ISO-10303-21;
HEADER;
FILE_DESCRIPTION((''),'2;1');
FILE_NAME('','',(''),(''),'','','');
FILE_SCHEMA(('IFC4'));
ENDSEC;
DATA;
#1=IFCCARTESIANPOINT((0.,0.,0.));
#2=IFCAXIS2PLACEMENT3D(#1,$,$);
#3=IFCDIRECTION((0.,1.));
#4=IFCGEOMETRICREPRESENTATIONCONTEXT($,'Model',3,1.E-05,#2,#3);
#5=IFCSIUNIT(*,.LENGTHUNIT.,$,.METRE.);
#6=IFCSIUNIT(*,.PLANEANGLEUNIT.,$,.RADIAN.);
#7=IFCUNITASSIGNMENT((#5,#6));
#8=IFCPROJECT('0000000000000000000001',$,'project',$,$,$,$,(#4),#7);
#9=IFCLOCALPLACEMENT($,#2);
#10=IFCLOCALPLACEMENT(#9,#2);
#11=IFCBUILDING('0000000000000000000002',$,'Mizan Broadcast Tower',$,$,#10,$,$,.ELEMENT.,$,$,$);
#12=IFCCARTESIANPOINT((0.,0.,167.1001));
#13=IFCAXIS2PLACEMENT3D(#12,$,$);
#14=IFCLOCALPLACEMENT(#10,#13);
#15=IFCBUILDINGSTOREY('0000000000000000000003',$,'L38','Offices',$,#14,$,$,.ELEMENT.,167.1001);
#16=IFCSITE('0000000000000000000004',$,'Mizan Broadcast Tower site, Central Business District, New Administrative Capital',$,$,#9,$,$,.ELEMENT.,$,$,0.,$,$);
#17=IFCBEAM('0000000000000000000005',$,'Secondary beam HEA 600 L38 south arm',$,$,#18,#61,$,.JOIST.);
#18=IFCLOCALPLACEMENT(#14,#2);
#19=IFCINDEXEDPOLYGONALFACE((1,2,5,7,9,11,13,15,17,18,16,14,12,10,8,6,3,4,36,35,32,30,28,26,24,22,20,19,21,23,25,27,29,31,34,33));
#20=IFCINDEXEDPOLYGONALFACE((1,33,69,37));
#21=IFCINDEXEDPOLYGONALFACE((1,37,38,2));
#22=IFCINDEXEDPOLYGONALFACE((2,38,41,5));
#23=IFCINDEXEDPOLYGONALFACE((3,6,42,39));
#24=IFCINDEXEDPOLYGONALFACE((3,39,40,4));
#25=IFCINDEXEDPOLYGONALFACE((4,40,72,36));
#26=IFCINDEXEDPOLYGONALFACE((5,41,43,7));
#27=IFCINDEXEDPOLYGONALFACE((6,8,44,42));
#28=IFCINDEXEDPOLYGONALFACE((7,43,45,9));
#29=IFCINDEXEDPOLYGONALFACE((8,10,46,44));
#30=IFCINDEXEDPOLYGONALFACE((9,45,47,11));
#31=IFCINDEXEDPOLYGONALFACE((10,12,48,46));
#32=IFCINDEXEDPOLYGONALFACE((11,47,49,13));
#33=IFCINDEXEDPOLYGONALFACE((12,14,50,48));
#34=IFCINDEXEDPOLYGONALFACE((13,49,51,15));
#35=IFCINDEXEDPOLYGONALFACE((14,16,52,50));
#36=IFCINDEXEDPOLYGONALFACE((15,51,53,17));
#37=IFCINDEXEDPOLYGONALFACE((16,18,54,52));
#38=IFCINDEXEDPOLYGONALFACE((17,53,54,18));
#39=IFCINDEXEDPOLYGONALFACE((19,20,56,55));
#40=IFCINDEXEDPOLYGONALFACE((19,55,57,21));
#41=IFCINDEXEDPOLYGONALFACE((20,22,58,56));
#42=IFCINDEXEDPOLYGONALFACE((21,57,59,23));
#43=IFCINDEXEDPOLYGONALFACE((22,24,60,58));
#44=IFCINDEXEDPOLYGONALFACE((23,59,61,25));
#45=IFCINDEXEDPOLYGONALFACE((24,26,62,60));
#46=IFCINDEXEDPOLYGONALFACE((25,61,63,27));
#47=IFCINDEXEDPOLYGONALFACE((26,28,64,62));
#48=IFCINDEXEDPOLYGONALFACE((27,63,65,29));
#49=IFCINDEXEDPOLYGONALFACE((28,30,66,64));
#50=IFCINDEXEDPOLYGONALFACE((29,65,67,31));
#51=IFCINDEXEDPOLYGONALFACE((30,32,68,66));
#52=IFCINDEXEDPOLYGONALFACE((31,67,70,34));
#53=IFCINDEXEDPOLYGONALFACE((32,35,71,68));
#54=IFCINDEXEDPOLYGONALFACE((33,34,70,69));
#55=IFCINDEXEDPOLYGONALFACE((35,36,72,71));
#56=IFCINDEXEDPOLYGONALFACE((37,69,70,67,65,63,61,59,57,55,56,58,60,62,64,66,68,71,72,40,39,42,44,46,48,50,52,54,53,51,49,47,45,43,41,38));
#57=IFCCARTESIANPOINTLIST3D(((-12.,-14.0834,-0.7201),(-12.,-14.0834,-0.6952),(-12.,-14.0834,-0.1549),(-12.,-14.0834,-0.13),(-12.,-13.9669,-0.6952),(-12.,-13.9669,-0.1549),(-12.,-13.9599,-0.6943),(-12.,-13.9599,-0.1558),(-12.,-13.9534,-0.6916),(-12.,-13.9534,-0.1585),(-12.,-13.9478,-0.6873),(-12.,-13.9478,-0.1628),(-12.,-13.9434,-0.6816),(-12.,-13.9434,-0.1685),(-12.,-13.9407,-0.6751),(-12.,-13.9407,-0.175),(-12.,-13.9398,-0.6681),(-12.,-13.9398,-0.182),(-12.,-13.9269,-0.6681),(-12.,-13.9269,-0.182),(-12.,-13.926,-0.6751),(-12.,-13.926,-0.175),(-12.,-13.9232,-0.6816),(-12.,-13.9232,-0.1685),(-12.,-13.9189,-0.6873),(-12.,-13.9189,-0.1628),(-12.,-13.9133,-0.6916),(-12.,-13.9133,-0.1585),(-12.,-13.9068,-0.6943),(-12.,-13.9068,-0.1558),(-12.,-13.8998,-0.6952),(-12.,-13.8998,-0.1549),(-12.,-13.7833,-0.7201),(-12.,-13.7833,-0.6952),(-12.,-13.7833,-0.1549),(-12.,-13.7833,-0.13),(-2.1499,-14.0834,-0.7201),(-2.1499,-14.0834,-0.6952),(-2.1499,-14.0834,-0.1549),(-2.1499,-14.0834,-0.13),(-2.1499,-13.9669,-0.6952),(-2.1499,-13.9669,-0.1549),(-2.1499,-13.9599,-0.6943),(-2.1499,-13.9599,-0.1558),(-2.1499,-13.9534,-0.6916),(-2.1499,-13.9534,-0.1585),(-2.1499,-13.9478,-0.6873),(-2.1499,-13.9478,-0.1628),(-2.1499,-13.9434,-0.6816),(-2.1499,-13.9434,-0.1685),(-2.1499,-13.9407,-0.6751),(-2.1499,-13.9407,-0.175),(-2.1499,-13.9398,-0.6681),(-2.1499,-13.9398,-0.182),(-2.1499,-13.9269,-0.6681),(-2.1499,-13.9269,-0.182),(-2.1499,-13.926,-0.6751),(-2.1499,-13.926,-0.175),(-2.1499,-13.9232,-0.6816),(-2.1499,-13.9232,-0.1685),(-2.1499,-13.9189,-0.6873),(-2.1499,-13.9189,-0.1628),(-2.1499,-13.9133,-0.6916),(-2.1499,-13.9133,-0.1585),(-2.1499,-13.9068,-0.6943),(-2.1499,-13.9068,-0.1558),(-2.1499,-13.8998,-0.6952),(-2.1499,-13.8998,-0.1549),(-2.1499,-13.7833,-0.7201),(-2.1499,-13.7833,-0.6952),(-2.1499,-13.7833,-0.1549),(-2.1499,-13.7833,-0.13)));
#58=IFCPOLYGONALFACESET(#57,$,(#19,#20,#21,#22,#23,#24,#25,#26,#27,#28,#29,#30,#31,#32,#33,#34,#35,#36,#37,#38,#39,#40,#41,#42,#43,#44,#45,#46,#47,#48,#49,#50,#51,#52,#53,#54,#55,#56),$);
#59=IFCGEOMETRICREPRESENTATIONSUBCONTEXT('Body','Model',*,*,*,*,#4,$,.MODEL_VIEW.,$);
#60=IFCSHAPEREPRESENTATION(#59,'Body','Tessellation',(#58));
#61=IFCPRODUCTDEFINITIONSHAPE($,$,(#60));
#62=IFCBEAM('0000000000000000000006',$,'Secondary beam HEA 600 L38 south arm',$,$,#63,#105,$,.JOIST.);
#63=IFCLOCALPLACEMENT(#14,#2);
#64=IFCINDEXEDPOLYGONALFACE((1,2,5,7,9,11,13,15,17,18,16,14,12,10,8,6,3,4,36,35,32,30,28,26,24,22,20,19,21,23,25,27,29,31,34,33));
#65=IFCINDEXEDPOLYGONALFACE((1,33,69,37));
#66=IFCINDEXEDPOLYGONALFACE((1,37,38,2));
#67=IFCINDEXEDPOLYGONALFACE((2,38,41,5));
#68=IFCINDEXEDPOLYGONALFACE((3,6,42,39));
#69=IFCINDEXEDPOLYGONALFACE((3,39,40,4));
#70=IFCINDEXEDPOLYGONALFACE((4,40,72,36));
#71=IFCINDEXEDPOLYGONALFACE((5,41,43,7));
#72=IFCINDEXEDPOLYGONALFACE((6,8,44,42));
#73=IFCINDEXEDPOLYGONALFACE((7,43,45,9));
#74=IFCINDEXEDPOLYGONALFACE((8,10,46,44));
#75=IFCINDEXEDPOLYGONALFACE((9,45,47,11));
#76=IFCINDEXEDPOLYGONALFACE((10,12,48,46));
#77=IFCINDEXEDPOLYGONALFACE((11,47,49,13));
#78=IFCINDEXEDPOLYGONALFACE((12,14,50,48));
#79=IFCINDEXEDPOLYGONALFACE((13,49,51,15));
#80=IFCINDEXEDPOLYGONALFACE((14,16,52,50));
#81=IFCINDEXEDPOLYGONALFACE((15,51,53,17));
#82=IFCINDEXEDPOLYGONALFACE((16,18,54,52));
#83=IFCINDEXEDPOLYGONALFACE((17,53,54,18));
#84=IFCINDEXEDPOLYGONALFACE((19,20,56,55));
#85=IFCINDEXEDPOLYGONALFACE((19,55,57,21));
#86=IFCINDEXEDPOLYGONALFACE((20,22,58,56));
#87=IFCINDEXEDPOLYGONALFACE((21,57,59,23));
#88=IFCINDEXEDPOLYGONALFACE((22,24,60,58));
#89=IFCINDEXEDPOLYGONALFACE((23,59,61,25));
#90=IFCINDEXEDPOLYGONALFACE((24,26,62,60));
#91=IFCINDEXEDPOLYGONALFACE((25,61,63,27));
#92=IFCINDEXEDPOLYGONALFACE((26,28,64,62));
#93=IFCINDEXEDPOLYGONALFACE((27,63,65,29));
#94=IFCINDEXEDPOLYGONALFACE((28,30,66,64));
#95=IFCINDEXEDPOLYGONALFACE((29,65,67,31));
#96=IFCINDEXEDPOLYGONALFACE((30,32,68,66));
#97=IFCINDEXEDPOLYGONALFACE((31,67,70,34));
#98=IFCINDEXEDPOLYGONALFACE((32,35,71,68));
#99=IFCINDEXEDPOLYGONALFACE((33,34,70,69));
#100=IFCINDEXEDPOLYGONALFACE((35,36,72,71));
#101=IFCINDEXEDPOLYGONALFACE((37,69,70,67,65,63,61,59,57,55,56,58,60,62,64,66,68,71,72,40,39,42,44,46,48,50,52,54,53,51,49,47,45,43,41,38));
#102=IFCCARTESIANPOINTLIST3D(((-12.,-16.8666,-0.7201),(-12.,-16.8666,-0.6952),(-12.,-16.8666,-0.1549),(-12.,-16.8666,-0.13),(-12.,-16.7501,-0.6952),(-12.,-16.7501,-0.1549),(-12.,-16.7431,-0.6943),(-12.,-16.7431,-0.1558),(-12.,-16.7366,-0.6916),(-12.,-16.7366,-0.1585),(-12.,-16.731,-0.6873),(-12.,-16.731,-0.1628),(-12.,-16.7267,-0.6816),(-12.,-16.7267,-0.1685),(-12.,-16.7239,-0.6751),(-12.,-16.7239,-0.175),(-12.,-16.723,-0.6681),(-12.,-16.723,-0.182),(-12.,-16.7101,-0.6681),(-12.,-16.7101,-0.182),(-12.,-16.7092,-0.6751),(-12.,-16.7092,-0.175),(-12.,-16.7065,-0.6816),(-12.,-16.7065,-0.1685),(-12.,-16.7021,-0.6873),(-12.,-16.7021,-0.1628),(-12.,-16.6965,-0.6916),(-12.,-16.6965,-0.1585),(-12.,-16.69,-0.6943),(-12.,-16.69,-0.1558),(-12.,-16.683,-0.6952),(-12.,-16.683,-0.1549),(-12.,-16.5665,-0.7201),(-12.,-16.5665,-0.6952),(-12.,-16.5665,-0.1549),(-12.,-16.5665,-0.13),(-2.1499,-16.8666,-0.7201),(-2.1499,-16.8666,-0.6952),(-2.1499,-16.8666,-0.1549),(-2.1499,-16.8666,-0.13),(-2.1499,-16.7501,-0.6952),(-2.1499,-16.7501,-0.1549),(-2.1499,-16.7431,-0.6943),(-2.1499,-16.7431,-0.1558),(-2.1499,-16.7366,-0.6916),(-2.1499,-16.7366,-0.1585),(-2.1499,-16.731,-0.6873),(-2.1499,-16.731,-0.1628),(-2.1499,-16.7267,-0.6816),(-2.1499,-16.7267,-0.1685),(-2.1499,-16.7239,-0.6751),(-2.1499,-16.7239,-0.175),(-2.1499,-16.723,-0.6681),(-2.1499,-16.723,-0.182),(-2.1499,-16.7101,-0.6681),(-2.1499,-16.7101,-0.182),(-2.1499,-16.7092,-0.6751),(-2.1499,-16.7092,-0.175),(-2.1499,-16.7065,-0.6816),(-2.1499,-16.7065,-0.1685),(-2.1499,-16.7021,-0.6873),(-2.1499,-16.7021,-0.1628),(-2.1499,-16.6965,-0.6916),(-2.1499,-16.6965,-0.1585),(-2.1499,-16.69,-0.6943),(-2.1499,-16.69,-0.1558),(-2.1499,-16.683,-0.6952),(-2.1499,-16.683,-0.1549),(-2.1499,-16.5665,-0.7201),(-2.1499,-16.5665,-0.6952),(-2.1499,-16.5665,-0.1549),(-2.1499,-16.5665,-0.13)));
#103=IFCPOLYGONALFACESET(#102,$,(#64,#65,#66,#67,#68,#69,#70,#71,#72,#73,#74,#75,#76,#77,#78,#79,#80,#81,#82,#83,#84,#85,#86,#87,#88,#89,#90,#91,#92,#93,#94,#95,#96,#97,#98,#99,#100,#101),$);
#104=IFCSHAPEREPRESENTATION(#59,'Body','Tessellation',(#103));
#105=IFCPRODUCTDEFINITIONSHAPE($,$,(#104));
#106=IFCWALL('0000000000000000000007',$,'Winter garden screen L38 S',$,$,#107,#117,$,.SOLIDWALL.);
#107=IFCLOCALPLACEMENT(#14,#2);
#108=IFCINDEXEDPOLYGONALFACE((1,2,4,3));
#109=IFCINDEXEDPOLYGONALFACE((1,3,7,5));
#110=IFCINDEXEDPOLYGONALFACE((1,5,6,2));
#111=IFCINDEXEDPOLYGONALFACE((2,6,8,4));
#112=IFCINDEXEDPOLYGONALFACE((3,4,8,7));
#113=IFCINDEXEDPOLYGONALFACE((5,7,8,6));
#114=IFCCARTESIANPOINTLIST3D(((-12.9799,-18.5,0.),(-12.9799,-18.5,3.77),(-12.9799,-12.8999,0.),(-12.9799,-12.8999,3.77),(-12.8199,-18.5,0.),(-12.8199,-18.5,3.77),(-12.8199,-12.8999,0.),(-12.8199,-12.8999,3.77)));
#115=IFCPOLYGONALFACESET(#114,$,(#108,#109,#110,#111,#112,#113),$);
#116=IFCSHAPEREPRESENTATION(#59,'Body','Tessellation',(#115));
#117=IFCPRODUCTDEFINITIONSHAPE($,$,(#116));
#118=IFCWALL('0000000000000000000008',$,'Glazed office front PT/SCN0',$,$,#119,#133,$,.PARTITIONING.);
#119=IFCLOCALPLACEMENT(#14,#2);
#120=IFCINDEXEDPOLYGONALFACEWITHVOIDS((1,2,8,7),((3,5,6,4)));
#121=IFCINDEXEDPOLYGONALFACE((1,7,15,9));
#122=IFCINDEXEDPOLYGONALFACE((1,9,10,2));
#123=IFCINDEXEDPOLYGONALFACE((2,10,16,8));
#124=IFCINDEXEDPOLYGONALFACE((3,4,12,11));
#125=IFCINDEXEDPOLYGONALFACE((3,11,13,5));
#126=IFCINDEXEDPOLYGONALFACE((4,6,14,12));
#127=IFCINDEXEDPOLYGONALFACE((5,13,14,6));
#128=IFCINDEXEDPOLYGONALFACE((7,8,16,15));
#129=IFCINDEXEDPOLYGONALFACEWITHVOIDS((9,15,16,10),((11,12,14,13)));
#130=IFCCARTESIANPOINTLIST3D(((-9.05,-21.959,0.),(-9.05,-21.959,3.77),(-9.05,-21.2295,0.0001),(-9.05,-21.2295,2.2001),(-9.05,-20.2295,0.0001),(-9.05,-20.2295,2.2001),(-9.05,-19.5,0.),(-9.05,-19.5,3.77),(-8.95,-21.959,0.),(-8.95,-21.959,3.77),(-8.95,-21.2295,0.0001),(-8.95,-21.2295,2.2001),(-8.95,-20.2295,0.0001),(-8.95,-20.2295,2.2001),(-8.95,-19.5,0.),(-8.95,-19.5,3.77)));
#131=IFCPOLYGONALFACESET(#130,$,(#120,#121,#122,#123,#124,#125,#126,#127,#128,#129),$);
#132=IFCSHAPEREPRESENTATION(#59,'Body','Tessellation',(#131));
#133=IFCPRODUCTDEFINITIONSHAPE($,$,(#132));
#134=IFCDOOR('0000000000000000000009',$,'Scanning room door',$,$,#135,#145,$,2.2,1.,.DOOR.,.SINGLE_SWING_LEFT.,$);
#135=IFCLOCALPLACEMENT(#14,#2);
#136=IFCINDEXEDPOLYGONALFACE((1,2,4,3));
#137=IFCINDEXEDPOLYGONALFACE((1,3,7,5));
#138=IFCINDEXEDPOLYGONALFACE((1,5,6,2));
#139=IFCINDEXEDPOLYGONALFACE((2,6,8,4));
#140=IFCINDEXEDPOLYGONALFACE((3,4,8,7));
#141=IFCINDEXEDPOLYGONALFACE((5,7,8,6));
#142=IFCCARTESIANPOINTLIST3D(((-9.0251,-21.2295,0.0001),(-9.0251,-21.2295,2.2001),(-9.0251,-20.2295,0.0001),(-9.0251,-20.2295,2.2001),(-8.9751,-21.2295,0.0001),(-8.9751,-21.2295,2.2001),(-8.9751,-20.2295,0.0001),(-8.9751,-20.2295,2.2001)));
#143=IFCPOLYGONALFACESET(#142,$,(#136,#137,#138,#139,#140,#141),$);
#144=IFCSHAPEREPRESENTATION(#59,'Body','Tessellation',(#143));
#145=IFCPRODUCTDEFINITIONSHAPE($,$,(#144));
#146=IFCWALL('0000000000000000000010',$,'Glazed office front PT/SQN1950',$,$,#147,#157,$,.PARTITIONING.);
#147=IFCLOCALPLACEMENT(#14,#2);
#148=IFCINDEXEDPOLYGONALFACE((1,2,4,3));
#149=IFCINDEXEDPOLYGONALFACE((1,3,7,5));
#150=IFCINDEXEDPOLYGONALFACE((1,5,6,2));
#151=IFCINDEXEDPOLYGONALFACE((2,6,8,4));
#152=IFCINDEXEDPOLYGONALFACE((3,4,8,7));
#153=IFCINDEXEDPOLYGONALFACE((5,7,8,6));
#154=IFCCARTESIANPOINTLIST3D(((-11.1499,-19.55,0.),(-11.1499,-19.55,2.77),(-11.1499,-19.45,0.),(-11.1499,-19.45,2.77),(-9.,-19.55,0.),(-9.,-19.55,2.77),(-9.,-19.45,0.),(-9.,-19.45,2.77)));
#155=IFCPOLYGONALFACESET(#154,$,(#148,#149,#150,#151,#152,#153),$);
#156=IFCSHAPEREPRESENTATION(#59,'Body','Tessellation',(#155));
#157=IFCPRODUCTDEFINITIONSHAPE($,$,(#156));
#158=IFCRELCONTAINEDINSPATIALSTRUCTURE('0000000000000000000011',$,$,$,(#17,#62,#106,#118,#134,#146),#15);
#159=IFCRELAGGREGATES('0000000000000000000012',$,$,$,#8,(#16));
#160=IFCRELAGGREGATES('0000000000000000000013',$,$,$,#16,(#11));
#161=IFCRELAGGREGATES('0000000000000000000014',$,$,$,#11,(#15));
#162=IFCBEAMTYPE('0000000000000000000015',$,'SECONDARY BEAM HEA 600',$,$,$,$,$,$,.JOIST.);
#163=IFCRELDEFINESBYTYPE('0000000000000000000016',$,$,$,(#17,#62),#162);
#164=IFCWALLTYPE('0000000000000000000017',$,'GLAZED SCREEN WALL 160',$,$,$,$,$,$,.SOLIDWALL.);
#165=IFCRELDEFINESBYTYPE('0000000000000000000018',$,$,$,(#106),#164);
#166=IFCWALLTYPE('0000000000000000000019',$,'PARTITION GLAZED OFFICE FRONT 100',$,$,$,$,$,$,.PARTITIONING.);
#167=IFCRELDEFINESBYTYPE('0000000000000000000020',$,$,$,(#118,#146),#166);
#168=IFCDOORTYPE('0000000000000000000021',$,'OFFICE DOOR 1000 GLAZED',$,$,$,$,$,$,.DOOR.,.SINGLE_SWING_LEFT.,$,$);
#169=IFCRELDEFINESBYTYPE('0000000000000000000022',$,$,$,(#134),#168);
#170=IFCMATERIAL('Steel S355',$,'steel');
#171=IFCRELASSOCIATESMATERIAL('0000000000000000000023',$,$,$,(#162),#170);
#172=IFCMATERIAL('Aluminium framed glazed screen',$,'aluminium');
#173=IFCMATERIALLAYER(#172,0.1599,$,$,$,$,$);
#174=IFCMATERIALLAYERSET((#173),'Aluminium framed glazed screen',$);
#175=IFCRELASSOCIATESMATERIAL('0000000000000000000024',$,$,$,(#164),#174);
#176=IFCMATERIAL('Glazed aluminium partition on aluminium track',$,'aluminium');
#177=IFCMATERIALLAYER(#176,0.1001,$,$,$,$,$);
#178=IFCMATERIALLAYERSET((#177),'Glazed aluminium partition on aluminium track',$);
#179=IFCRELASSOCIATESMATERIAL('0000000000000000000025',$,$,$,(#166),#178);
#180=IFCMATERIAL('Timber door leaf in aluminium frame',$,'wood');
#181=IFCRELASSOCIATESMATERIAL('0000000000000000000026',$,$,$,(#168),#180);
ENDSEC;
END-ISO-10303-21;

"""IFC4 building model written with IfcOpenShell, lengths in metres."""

from ifc_helpers import new_model, si_unit, direction, frame, frame_2d, origin, origin_2d, place, context, subcontext, project, spatial, rectangle, i_section, extrude, material, layer, layer_set, material_profile, profile_set, type_object, element, fill, save


model = new_model("IFC4")

# Units and contexts
model_context = context("Model", 3, precision=1e-05, world=origin(), true_north=direction((0.0, 1.0)))
body_context = subcontext(model_context, "Body", "Model", "MODEL_VIEW")
ifc_project = project(units=[si_unit("LENGTHUNIT", "METRE"), si_unit("PLANEANGLEUNIT", "RADIAN")], contexts=[model_context])

# Site, building, storey
site_placement = place(None, origin())
site = spatial("IfcSite", under=ifc_project, at=site_placement, Name="Mizan Broadcast Tower site, Central Business District, New Administrative Capital", CompositionType="ELEMENT", RefElevation=0.0)
building_placement = place(site_placement, origin())
building = spatial("IfcBuilding", under=site, at=building_placement, Name="Mizan Broadcast Tower", CompositionType="ELEMENT")
storey_placement = place(building_placement, frame((0.0, 0.0, 167.1001)))
storey = spatial("IfcBuildingStorey", under=building, at=storey_placement, Name="L38", Description="Offices", CompositionType="ELEMENT", Elevation=167.1001)

# Beams
ifc_material_1 = material(Name="Steel S355", Category="steel")
ifc_material_profile_1 = material_profile(ifc_material_1, i_section(OverallWidth=0.3, OverallDepth=0.5901, WebThickness=0.0129, FlangeThickness=0.0249, FilletRadius=0.0271, at=origin_2d()), Name="HEA 600")
ifc_profile_set_1 = profile_set([ifc_material_profile_1], Name="Steel S355")
beam_type_1 = type_object("IfcBeamType", Name="SECONDARY BEAM HEA 600", PredefinedType="JOIST", material=ifc_profile_set_1)
for number, where, z_axis, x_axis, name in (
    (1, (-12.0, -13.9333, -0.425), (1.0, 0.0, 0.0), (0.0, 1.0, 0.0), "Secondary beam HEA 600 L38 south arm"),
    (2, (-12.0, -16.7166, -0.425), (1.0, 0.0, 0.0), (0.0, 1.0, 0.0), "Secondary beam HEA 600 L38 south arm"),
):
    element("IfcBeam", number, at=place(storey_placement, frame(where, z_axis=z_axis, x_axis=x_axis)), inside=storey, type_object=beam_type_1, Name=name, PredefinedType="JOIST", context=body_context, shape_type="SweptSolid", body=[
        extrude(i_section(OverallWidth=0.3, OverallDepth=0.5901, WebThickness=0.0129, FlangeThickness=0.0249, FilletRadius=0.0271, at=origin_2d()), origin(), (0.0, 0.0, 1.0), 9.8501),
    ])

# Wall
ifc_material_2 = material(Name="Aluminium framed glazed screen", Category="aluminium")
ifc_layer_1 = layer(ifc_material_2, 0.1599)
ifc_layer_set_1 = layer_set([ifc_layer_1], Name="Aluminium framed glazed screen")
wall_type_1 = type_object("IfcWallType", Name="GLAZED SCREEN WALL 160", PredefinedType="SOLIDWALL", material=ifc_layer_set_1)
wall_1_placement = place(storey_placement, frame((-12.8999, -12.8999, 0.0), z_axis=(0.0, 0.0, 1.0), x_axis=(0.0, -1.0, 0.0)))
element("IfcWall", 3, at=wall_1_placement, inside=storey, type_object=wall_type_1, Name="Winter garden screen L38 S", PredefinedType="SOLIDWALL", context=body_context, shape_type="SweptSolid", body=[
    extrude(rectangle(XDim=5.6001, YDim=0.1599, at=frame_2d((2.8, 0.0))), origin(), (0.0, 0.0, 1.0), 3.77),
])

# Wall, opening, door
ifc_material_3 = material(Name="Glazed aluminium partition on aluminium track", Category="aluminium")
ifc_layer_2 = layer(ifc_material_3, 0.1001)
ifc_layer_set_2 = layer_set([ifc_layer_2], Name="Glazed aluminium partition on aluminium track")
wall_type_2 = type_object("IfcWallType", Name="PARTITION GLAZED OFFICE FRONT 100", PredefinedType="PARTITIONING", material=ifc_layer_set_2)
wall_2_placement = place(storey_placement, frame((-9.0, -19.5, 0.0), z_axis=(0.0, 0.0, 1.0), x_axis=(0.0, -1.0, 0.0)))
wall_2 = element("IfcWall", 4, at=wall_2_placement, inside=storey, type_object=wall_type_2, Name="Glazed office front PT/SCN0", PredefinedType="PARTITIONING", context=body_context, shape_type="SweptSolid", body=[
    extrude(rectangle(XDim=2.459, YDim=0.1001, at=frame_2d((1.2295, 0.0))), origin(), (0.0, 0.0, 1.0), 3.77),
])
opening_placement = place(wall_2_placement, frame((0.7295, 0.0, 0.0)))
opening = element("IfcOpeningElement", 5, at=opening_placement, cuts=wall_2, PredefinedType="OPENING", context=body_context, shape_type="SweptSolid", body=[
    extrude(rectangle(XDim=1.0, YDim=2.2, at=frame_2d((0.5, 1.1001))), frame((0.0, 0.0601, 0.0), z_axis=(0.0, -1.0, 0.0), x_axis=(1.0, 0.0, 0.0)), (0.0, 0.0, 1.0), 0.1201),
])
ifc_material_4 = material(Name="Timber door leaf in aluminium frame", Category="wood")
door_type = type_object("IfcDoorType", Name="OFFICE DOOR 1000 GLAZED", OperationType="SINGLE_SWING_LEFT", PredefinedType="DOOR", material=ifc_material_4)
door_placement = place(opening_placement, origin())
door = element("IfcDoor", 6, at=door_placement, inside=storey, type_object=door_type, Name="Scanning room door", OperationType="SINGLE_SWING_LEFT", OverallHeight=2.2, OverallWidth=1.0, PredefinedType="DOOR", context=body_context, shape_type="SweptSolid", body=[
    extrude(rectangle(XDim=1.0, YDim=2.2, at=frame_2d((0.5, 1.1001))), frame((0.0, 0.0249, 0.0), z_axis=(0.0, -1.0, 0.0), x_axis=(1.0, 0.0, 0.0)), (0.0, 0.0, 1.0), 0.05),
])
fill(opening, door)

# Wall
wall_3_placement = place(storey_placement, frame((-9.0, -19.5, 0.0), z_axis=(0.0, 0.0, 1.0), x_axis=(-1.0, 0.0, 0.0)))
element("IfcWall", 7, at=wall_3_placement, inside=storey, type_object=wall_type_2, Name="Glazed office front PT/SQN1950", PredefinedType="PARTITIONING", context=body_context, shape_type="SweptSolid", body=[
    extrude(rectangle(XDim=2.1499, YDim=0.1001, at=frame_2d((1.075, 0.0))), origin(), (0.0, 0.0, 1.0), 2.77),
])

save(model, "model.ifc")
